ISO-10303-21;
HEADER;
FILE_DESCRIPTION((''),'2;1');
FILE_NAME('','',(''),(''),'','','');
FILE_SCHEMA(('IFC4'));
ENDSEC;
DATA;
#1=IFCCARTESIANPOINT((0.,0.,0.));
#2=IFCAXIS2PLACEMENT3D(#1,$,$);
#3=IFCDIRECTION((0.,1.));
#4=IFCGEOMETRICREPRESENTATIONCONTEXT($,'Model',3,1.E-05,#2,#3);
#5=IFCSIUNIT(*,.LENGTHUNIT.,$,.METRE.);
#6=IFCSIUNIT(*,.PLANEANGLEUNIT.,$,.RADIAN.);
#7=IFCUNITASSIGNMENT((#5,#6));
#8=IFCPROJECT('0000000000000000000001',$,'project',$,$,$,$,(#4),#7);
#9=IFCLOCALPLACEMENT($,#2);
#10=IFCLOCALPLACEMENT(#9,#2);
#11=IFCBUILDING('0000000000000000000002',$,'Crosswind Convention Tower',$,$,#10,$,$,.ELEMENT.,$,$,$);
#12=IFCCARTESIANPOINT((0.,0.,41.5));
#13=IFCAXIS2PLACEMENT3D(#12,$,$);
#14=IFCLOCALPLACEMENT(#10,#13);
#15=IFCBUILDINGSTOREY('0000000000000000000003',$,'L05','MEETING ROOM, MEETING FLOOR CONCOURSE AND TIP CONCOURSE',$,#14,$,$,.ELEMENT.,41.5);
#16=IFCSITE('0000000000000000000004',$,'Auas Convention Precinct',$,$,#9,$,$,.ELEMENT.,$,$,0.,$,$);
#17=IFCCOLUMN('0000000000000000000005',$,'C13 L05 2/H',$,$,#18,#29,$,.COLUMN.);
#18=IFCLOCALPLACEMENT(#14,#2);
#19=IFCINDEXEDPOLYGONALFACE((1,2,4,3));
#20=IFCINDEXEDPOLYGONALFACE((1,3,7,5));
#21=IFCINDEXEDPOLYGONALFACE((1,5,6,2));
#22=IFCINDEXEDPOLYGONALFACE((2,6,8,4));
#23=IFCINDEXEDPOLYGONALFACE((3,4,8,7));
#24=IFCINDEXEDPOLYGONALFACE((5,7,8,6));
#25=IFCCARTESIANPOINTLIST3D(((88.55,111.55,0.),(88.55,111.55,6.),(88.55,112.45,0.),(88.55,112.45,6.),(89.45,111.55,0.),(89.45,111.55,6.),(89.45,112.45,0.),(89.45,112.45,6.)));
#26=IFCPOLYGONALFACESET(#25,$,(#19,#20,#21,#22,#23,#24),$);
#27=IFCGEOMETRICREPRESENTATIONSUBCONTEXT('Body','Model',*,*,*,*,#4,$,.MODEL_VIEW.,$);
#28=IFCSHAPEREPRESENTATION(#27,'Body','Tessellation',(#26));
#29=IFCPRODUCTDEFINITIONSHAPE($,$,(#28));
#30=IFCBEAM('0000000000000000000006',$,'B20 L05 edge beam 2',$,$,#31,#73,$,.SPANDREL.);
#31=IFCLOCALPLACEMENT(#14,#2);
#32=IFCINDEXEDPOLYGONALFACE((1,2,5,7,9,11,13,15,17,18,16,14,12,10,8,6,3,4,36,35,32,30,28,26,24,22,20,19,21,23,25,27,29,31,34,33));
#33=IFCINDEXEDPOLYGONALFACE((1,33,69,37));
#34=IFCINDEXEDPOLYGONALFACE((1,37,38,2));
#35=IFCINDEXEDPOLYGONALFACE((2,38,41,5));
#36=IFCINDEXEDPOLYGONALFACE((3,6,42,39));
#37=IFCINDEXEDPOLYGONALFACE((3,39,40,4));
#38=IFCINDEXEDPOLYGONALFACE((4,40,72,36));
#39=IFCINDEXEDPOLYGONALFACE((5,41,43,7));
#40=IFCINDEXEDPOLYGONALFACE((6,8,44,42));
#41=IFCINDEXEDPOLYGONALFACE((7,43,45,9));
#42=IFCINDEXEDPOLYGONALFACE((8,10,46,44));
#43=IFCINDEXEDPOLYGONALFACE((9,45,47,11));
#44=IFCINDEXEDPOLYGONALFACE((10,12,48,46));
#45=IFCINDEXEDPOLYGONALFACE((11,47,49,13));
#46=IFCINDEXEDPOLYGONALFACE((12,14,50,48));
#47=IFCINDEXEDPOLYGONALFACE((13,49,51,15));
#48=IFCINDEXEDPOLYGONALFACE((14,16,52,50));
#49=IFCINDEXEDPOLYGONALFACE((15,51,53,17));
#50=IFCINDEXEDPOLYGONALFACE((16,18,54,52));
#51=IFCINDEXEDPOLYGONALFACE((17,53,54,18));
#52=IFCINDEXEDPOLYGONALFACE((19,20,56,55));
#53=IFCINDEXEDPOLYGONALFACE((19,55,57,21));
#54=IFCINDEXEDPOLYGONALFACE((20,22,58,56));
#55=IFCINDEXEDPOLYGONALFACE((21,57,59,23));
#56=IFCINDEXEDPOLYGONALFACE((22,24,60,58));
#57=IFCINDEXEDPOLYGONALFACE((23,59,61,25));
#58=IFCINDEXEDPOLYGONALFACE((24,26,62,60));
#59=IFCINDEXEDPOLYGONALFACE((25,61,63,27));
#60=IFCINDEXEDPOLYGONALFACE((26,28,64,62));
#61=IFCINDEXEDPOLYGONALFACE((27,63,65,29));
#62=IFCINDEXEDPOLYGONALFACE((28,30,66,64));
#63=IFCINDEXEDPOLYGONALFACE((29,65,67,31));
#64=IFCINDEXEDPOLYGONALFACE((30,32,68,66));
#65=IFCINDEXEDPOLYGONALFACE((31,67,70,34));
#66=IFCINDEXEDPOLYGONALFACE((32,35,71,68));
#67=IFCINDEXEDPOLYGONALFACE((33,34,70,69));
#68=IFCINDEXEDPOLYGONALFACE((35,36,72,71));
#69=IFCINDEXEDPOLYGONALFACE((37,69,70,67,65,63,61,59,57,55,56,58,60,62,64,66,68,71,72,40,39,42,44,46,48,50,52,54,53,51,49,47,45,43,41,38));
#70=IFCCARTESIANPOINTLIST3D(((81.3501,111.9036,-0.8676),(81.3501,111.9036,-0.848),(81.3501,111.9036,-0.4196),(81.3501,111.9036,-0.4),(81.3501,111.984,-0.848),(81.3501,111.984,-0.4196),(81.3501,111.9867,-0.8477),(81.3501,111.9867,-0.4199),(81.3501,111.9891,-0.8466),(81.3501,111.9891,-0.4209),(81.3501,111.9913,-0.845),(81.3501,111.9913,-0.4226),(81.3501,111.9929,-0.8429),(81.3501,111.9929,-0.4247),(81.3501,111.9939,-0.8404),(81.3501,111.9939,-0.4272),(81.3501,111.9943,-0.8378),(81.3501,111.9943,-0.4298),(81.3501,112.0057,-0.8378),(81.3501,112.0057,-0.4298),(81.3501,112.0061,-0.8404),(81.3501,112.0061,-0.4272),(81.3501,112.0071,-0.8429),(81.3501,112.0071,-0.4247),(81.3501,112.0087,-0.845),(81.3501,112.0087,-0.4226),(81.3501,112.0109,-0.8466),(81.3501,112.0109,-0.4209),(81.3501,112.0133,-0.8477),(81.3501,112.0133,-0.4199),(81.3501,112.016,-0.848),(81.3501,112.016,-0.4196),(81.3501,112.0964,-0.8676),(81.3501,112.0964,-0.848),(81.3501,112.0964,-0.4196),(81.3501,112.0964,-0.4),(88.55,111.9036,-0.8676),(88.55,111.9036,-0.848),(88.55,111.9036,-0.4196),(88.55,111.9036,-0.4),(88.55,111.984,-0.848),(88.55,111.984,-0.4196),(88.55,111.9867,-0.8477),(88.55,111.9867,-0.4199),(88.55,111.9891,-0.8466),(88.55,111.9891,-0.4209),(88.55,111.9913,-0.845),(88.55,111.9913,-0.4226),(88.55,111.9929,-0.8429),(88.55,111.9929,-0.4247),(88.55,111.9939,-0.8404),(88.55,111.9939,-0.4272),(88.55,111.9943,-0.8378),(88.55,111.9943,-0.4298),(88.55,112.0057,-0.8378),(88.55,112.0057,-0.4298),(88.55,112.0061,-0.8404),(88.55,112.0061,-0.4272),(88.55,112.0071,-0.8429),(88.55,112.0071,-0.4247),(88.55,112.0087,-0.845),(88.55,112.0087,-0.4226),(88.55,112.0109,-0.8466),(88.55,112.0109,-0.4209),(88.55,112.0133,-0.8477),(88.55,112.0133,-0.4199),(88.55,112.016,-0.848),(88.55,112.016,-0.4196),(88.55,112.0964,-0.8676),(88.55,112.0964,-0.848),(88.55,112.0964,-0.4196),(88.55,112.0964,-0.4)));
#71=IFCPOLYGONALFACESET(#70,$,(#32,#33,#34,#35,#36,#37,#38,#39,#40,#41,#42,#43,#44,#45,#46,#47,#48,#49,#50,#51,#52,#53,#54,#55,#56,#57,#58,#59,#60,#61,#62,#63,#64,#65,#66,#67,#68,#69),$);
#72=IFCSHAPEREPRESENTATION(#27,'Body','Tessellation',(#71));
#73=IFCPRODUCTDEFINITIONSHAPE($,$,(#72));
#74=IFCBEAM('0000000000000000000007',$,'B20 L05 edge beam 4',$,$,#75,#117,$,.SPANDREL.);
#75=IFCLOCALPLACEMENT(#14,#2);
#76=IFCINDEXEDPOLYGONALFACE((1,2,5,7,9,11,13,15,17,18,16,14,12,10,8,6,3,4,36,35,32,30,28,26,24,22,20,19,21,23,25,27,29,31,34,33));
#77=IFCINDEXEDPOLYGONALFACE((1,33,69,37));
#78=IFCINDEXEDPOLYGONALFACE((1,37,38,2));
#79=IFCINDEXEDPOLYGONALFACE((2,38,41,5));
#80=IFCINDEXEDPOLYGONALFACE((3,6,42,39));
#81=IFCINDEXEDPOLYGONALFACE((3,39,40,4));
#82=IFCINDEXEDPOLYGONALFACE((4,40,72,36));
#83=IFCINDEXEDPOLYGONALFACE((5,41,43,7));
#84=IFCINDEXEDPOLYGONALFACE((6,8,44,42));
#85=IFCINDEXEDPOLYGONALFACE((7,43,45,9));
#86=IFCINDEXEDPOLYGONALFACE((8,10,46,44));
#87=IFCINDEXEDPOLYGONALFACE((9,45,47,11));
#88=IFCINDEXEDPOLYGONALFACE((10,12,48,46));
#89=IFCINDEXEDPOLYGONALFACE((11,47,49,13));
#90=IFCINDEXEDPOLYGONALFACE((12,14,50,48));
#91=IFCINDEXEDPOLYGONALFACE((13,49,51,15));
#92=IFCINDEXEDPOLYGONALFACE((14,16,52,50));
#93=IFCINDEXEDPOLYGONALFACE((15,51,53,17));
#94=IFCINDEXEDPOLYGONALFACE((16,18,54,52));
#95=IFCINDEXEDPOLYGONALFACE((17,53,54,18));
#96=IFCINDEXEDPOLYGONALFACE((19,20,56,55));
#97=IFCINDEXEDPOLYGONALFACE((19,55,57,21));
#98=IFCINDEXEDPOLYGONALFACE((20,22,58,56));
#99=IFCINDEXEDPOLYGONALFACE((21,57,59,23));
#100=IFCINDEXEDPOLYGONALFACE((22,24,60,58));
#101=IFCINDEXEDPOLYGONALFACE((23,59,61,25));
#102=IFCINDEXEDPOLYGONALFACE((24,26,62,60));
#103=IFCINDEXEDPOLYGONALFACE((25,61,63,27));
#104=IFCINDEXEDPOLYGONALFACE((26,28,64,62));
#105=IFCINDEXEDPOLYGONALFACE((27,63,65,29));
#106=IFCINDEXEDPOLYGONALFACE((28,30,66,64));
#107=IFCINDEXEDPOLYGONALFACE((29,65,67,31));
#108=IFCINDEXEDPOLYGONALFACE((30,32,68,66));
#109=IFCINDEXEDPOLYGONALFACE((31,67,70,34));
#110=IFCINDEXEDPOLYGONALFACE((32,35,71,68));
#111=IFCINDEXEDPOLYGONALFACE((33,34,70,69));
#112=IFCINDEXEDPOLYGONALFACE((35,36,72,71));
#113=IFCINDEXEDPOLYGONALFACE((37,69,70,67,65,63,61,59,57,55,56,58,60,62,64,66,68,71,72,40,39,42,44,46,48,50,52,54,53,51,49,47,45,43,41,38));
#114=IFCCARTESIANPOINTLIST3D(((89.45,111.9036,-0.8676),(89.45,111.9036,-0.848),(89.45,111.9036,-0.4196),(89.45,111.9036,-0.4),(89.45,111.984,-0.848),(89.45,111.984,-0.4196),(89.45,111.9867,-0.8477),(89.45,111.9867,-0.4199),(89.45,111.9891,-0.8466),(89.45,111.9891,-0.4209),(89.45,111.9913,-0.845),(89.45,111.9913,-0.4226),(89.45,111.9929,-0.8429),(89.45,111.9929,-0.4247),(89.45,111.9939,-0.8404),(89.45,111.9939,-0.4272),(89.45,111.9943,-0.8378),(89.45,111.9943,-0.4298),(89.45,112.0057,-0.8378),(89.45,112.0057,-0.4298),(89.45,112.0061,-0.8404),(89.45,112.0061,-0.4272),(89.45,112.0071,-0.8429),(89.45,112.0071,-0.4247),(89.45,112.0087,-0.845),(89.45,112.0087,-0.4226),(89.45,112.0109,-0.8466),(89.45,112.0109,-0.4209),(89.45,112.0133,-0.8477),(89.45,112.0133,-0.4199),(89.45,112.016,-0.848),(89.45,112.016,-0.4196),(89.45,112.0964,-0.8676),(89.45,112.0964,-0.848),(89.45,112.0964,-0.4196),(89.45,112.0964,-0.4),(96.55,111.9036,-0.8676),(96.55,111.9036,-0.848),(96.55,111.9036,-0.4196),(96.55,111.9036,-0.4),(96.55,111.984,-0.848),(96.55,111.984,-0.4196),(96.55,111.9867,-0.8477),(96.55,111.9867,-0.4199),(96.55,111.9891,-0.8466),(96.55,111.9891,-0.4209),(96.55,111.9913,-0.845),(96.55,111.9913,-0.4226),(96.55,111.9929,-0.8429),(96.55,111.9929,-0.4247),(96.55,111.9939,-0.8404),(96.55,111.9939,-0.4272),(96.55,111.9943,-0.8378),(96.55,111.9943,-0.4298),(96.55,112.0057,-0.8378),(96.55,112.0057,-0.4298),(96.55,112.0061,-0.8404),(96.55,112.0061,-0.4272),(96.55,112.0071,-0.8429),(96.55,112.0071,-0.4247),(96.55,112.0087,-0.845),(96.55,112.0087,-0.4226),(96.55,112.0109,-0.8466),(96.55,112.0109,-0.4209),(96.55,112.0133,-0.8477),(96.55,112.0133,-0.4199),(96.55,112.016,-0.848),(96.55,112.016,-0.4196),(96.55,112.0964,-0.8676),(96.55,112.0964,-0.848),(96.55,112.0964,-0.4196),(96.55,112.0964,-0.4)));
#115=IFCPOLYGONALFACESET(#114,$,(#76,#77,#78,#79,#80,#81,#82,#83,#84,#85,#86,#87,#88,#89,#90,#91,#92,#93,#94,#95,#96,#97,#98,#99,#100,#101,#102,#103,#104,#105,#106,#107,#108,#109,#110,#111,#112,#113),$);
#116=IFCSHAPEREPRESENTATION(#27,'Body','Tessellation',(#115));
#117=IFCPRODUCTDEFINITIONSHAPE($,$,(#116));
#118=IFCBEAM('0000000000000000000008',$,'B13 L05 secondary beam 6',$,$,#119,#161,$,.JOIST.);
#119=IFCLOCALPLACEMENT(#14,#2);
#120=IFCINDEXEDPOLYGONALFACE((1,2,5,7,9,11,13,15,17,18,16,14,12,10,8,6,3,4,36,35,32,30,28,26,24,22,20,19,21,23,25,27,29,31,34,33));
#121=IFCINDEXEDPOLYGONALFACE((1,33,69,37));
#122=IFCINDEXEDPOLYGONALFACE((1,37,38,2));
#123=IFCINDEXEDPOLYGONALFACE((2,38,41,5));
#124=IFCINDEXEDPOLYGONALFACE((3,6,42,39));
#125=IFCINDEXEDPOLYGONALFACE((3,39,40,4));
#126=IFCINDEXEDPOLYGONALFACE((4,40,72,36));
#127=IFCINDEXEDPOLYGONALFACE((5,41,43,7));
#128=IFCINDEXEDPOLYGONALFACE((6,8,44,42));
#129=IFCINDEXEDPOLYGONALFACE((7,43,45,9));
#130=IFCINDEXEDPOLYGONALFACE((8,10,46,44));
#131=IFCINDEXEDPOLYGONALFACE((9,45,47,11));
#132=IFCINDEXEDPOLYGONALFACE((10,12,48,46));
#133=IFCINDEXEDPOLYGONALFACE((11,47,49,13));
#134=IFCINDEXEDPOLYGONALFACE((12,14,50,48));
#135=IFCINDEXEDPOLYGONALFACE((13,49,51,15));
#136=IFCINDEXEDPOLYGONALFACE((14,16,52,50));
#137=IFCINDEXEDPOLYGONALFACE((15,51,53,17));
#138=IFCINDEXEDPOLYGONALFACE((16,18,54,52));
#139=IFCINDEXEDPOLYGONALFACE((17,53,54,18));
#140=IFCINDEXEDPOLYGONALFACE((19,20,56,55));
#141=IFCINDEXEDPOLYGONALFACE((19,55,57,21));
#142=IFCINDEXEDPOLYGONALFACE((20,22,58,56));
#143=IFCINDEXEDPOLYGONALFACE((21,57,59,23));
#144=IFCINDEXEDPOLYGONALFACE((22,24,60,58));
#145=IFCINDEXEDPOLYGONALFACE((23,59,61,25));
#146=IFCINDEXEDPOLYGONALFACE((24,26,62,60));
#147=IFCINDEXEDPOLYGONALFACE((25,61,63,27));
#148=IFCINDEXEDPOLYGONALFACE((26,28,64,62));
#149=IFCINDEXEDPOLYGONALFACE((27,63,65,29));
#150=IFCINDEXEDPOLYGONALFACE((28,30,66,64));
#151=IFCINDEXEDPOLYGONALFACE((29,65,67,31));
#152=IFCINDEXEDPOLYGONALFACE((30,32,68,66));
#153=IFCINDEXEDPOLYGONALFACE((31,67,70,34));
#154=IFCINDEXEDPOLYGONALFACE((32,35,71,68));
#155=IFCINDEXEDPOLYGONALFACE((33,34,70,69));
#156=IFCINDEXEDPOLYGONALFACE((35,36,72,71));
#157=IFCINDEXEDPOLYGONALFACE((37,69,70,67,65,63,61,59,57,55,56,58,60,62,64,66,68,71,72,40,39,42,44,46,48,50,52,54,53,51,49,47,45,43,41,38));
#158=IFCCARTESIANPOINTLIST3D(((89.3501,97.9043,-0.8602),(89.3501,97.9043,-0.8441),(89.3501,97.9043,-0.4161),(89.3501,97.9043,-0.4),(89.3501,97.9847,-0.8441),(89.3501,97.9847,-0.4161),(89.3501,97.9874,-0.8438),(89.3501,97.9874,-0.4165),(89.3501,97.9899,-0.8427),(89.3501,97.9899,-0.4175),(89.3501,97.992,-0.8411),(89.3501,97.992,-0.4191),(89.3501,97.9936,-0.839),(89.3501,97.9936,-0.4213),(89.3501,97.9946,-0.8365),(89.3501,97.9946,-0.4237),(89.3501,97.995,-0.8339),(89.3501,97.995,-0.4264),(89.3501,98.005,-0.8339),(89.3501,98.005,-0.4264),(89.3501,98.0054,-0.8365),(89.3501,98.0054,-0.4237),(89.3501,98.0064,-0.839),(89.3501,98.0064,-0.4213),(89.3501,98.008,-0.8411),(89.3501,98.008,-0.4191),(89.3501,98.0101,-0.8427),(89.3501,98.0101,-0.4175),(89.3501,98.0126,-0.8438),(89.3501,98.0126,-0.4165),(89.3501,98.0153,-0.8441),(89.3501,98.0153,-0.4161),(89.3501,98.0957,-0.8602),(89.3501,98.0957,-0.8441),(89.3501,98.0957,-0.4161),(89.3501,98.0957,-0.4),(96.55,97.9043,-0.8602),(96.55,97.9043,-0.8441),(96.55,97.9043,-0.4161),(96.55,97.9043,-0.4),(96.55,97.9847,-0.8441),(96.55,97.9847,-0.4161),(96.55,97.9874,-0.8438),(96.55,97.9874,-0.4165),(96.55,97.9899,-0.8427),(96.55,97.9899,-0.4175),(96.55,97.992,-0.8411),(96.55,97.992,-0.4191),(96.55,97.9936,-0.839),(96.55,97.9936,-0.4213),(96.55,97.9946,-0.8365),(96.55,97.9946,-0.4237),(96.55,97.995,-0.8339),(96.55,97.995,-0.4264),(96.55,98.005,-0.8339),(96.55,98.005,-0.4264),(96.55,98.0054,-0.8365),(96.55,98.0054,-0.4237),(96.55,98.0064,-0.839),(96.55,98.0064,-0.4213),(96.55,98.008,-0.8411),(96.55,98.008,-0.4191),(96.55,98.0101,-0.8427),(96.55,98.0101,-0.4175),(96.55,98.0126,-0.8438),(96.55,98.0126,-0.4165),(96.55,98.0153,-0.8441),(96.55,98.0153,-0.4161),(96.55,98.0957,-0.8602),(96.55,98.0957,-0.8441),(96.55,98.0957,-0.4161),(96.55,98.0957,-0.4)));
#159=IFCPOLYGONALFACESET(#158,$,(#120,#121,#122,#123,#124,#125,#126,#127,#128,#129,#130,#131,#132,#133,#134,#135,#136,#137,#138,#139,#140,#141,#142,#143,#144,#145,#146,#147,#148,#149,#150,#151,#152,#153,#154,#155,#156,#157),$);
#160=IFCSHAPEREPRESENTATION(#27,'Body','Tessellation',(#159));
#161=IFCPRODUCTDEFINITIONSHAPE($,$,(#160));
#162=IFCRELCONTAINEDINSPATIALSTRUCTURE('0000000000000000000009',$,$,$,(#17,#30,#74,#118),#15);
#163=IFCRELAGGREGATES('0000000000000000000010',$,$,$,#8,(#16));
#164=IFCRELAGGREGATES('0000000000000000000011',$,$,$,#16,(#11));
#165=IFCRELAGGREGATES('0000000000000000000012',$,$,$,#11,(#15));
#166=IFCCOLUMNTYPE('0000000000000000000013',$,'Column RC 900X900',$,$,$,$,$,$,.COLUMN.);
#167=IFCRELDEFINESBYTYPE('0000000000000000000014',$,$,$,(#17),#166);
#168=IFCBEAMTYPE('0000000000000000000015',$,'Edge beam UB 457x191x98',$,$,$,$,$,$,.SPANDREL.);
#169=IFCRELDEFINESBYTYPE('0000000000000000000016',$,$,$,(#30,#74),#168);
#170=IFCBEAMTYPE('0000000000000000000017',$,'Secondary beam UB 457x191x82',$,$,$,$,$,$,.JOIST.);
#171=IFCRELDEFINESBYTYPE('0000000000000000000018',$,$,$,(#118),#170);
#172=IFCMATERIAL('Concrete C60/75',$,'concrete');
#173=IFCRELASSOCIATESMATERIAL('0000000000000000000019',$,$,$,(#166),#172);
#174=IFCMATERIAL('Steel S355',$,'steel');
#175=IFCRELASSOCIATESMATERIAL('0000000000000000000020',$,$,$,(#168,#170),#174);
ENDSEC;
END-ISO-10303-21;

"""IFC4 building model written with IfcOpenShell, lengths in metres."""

from ifc_helpers import new_model, si_unit, direction, frame, origin, origin_2d, place, context, subcontext, project, spatial, rectangle, i_section, extrude, material, material_profile, profile_set, type_object, element, save


model = new_model("IFC4")

# Units and contexts
model_context = context("Model", 3, precision=1e-05, world=origin(), true_north=direction((0.0, 1.0)))
body_context = subcontext(model_context, "Body", "Model", "MODEL_VIEW")
ifc_project = project(units=[si_unit("LENGTHUNIT", "METRE"), si_unit("PLANEANGLEUNIT", "RADIAN")], contexts=[model_context])

# Site, building, storey
site_placement = place(None, origin())
site = spatial("IfcSite", under=ifc_project, at=site_placement, Name="Auas Convention Precinct", CompositionType="ELEMENT", RefElevation=0.0)
building_placement = place(site_placement, origin())
building = spatial("IfcBuilding", under=site, at=building_placement, Name="Crosswind Convention Tower", CompositionType="ELEMENT")
storey_placement = place(building_placement, frame((0.0, 0.0, 41.5)))
storey = spatial("IfcBuildingStorey", under=building, at=storey_placement, Name="L05", Description="MEETING ROOM, MEETING FLOOR CONCOURSE AND TIP CONCOURSE", CompositionType="ELEMENT", Elevation=41.5)

# Column
ifc_material_1 = material(Name="Concrete C60/75", Category="concrete")
ifc_material_profile_1 = material_profile(ifc_material_1, rectangle(XDim=0.8999, YDim=0.8999, at=origin_2d()), Name="RC 900X900")
ifc_profile_set_1 = profile_set([ifc_material_profile_1], Name="Concrete C60/75")
column_type = type_object("IfcColumnType", Name="Column RC 900X900", PredefinedType="COLUMN", material=ifc_profile_set_1)
column_placement = place(storey_placement, frame((89.0, 112.0, 0.0), z_axis=(0.0, 0.0, 1.0), x_axis=(1.0, 0.0, 0.0)))
element("IfcColumn", 1, at=column_placement, inside=storey, type_object=column_type, Name="C13 L05 2/H", PredefinedType="COLUMN", context=body_context, shape_type="SweptSolid", body=[
    extrude(rectangle(XDim=0.8999, YDim=0.8999, at=origin_2d()), origin(), (0.0, 0.0, 1.0), 6.0),
])

# Beams
ifc_material_2 = material(Name="Steel S355", Category="steel")
ifc_material_profile_2 = material_profile(ifc_material_2, i_section(OverallWidth=0.1929, OverallDepth=0.4675, WebThickness=0.0115, FlangeThickness=0.0195, FilletRadius=0.0103, at=origin_2d()), Name="UB 457x191x98")
ifc_profile_set_2 = profile_set([ifc_material_profile_2], Name="Steel S355")
beam_type_1 = type_object("IfcBeamType", Name="Edge beam UB 457x191x98", PredefinedType="SPANDREL", material=ifc_profile_set_2)
beam_1_placement = place(storey_placement, frame((81.3501, 112.0, -0.6338), z_axis=(1.0, 0.0, 0.0), x_axis=(0.0, 1.0, 0.0)))
element("IfcBeam", 2, at=beam_1_placement, inside=storey, type_object=beam_type_1, Name="B20 L05 edge beam 2", PredefinedType="SPANDREL", context=body_context, shape_type="SweptSolid", body=[
    extrude(i_section(OverallWidth=0.1929, OverallDepth=0.4675, WebThickness=0.0115, FlangeThickness=0.0195, FilletRadius=0.0103, at=origin_2d()), origin(), (0.0, 0.0, 1.0), 7.2),
])
beam_2_placement = place(storey_placement, frame((89.45, 112.0, -0.6338), z_axis=(1.0, 0.0, 0.0), x_axis=(0.0, 1.0, 0.0)))
element("IfcBeam", 3, at=beam_2_placement, inside=storey, type_object=beam_type_1, Name="B20 L05 edge beam 4", PredefinedType="SPANDREL", context=body_context, shape_type="SweptSolid", body=[
    extrude(i_section(OverallWidth=0.1929, OverallDepth=0.4675, WebThickness=0.0115, FlangeThickness=0.0195, FilletRadius=0.0103, at=origin_2d()), origin(), (0.0, 0.0, 1.0), 7.1001),
])
ifc_material_profile_3 = material_profile(ifc_material_2, i_section(OverallWidth=0.1914, OverallDepth=0.4602, WebThickness=0.01, FlangeThickness=0.0161, FilletRadius=0.0103, at=origin_2d()), Name="UB 457x191x82")
ifc_profile_set_3 = profile_set([ifc_material_profile_3], Name="Steel S355")
beam_type_2 = type_object("IfcBeamType", Name="Secondary beam UB 457x191x82", PredefinedType="JOIST", material=ifc_profile_set_3)
for number, where, z_axis, x_axis, name in (
    (4, (89.3501, 98.0, -0.6301), (1.0, 0.0, 0.0), (0.0, 1.0, 0.0), "B13 L05 secondary beam 6"),
):
    element("IfcBeam", number, at=place(storey_placement, frame(where, z_axis=z_axis, x_axis=x_axis)), inside=storey, type_object=beam_type_2, Name=name, PredefinedType="JOIST", context=body_context, shape_type="SweptSolid", body=[
        extrude(i_section(OverallWidth=0.1914, OverallDepth=0.4602, WebThickness=0.01, FlangeThickness=0.0161, FilletRadius=0.0103, at=origin_2d()), origin(), (0.0, 0.0, 1.0), 7.2),
    ])

save(model, "model.ifc")
